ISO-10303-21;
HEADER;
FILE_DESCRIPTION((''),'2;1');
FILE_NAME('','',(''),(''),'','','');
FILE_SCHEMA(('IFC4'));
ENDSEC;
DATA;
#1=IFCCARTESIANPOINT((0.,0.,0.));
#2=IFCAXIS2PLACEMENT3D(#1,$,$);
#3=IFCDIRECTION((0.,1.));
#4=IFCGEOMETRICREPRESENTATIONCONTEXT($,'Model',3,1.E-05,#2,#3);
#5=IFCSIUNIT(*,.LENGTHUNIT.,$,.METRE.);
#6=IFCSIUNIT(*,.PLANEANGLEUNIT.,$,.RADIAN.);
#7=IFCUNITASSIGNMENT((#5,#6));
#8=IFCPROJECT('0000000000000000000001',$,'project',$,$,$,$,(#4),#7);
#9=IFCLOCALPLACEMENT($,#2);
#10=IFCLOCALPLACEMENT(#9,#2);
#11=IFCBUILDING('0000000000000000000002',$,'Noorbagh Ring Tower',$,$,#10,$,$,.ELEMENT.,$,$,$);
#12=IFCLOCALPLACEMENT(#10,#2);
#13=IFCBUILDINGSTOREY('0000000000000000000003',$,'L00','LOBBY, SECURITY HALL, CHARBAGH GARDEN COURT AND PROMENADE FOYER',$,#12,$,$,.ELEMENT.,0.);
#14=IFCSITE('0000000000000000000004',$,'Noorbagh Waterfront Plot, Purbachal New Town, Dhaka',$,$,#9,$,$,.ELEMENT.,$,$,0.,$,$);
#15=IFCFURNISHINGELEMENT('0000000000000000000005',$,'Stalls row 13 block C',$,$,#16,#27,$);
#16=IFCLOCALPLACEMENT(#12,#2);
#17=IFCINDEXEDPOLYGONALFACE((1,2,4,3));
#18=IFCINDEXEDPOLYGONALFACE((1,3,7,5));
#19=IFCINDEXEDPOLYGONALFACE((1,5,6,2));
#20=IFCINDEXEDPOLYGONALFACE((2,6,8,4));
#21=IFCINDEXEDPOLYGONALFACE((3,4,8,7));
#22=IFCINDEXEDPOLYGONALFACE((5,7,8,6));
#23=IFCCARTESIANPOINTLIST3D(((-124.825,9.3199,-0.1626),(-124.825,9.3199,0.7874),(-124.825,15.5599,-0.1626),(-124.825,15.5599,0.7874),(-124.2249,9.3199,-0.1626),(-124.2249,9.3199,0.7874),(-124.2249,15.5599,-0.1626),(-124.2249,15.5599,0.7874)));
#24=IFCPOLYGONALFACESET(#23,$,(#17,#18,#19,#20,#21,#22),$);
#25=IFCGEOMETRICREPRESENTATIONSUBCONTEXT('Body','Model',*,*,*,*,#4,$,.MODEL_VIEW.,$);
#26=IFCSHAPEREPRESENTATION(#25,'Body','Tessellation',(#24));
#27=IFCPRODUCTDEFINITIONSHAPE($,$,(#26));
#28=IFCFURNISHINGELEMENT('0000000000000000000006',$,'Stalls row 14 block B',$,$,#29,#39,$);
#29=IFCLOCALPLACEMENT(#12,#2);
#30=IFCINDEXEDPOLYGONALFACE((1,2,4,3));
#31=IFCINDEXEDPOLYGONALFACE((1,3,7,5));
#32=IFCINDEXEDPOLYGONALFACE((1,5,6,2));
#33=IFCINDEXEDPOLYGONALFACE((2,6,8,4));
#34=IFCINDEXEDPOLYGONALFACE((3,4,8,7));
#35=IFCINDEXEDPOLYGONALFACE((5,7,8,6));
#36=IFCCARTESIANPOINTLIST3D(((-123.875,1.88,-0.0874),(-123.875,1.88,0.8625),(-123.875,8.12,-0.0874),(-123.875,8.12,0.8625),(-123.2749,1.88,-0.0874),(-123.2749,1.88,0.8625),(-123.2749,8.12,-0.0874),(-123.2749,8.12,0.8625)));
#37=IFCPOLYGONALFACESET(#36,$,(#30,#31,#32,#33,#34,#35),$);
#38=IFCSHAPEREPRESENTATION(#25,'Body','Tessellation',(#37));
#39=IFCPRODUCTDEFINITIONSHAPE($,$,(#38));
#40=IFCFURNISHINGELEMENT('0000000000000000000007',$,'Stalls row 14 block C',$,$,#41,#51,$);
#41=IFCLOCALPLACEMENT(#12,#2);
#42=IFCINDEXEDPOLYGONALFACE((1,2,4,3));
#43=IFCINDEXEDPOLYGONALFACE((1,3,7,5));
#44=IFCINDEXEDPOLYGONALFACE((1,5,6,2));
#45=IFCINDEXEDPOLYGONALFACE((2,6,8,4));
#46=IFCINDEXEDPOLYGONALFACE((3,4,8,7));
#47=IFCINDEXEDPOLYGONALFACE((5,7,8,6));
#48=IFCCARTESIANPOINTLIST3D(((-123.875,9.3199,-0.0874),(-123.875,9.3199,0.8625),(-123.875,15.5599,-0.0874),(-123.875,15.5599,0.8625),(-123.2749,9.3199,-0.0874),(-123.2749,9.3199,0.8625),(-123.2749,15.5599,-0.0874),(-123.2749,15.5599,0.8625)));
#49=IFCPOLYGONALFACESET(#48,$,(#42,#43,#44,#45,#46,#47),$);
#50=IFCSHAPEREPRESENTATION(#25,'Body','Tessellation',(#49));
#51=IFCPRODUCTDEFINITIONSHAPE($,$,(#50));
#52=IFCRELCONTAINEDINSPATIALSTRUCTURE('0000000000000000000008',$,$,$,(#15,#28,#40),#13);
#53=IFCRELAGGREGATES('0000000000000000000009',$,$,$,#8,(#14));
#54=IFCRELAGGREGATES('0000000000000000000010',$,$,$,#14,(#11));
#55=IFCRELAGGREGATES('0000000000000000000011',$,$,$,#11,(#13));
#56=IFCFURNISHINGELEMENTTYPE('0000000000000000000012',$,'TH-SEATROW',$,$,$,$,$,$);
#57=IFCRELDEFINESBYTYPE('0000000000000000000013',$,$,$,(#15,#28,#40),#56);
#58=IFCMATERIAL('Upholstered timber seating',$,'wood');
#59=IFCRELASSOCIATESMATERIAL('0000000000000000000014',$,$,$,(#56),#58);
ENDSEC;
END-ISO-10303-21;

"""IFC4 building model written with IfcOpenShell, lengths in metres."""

from ifc_helpers import new_model, si_unit, direction, frame, origin, origin_2d, place, context, subcontext, project, spatial, rectangle, extrude, material, type_object, element, save


model = new_model("IFC4")

# Units and contexts
model_context = context("Model", 3, precision=1e-05, world=origin(), true_north=direction((0.0, 1.0)))
body_context = subcontext(model_context, "Body", "Model", "MODEL_VIEW")
ifc_project = project(units=[si_unit("LENGTHUNIT", "METRE"), si_unit("PLANEANGLEUNIT", "RADIAN")], contexts=[model_context])

# Site, building, storey
site_placement = place(None, origin())
site = spatial("IfcSite", under=ifc_project, at=site_placement, Name="Noorbagh Waterfront Plot, Purbachal New Town, Dhaka", CompositionType="ELEMENT", RefElevation=0.0)
building_placement = place(site_placement, origin())
building = spatial("IfcBuilding", under=site, at=building_placement, Name="Noorbagh Ring Tower", CompositionType="ELEMENT")
storey_placement = place(building_placement, origin())
storey = spatial("IfcBuildingStorey", under=building, at=storey_placement, Name="L00", Description="LOBBY, SECURITY HALL, CHARBAGH GARDEN COURT AND PROMENADE FOYER", CompositionType="ELEMENT", Elevation=0.0)

# Furnishing elements
ifc_material_1 = material(Name="Upholstered timber seating", Category="wood")
furnishing_element_type = type_object("IfcFurnishingElementType", Name="TH-SEATROW", material=ifc_material_1)
for number, where, z_axis, x_axis, name in (
    (1, (-124.5249, 12.4399, -0.1626), (0.0, 0.0, 1.0), (1.0, 0.0, 0.0), "Stalls row 13 block C"),
    (2, (-123.575, 5.0, -0.0874), (0.0, 0.0, 1.0), (1.0, 0.0, 0.0), "Stalls row 14 block B"),
    (3, (-123.575, 12.4399, -0.0874), (0.0, 0.0, 1.0), (1.0, 0.0, 0.0), "Stalls row 14 block C"),
):
    element("IfcFurnishingElement", number, at=place(storey_placement, frame(where, z_axis=z_axis, x_axis=x_axis)), inside=storey, type_object=furnishing_element_type, Name=name, context=body_context, shape_type="SweptSolid", body=[
        extrude(rectangle(XDim=0.6001, YDim=6.24, at=origin_2d()), origin(), (0.0, 0.0, 1.0), 0.95),
    ])

save(model, "model.ifc")
